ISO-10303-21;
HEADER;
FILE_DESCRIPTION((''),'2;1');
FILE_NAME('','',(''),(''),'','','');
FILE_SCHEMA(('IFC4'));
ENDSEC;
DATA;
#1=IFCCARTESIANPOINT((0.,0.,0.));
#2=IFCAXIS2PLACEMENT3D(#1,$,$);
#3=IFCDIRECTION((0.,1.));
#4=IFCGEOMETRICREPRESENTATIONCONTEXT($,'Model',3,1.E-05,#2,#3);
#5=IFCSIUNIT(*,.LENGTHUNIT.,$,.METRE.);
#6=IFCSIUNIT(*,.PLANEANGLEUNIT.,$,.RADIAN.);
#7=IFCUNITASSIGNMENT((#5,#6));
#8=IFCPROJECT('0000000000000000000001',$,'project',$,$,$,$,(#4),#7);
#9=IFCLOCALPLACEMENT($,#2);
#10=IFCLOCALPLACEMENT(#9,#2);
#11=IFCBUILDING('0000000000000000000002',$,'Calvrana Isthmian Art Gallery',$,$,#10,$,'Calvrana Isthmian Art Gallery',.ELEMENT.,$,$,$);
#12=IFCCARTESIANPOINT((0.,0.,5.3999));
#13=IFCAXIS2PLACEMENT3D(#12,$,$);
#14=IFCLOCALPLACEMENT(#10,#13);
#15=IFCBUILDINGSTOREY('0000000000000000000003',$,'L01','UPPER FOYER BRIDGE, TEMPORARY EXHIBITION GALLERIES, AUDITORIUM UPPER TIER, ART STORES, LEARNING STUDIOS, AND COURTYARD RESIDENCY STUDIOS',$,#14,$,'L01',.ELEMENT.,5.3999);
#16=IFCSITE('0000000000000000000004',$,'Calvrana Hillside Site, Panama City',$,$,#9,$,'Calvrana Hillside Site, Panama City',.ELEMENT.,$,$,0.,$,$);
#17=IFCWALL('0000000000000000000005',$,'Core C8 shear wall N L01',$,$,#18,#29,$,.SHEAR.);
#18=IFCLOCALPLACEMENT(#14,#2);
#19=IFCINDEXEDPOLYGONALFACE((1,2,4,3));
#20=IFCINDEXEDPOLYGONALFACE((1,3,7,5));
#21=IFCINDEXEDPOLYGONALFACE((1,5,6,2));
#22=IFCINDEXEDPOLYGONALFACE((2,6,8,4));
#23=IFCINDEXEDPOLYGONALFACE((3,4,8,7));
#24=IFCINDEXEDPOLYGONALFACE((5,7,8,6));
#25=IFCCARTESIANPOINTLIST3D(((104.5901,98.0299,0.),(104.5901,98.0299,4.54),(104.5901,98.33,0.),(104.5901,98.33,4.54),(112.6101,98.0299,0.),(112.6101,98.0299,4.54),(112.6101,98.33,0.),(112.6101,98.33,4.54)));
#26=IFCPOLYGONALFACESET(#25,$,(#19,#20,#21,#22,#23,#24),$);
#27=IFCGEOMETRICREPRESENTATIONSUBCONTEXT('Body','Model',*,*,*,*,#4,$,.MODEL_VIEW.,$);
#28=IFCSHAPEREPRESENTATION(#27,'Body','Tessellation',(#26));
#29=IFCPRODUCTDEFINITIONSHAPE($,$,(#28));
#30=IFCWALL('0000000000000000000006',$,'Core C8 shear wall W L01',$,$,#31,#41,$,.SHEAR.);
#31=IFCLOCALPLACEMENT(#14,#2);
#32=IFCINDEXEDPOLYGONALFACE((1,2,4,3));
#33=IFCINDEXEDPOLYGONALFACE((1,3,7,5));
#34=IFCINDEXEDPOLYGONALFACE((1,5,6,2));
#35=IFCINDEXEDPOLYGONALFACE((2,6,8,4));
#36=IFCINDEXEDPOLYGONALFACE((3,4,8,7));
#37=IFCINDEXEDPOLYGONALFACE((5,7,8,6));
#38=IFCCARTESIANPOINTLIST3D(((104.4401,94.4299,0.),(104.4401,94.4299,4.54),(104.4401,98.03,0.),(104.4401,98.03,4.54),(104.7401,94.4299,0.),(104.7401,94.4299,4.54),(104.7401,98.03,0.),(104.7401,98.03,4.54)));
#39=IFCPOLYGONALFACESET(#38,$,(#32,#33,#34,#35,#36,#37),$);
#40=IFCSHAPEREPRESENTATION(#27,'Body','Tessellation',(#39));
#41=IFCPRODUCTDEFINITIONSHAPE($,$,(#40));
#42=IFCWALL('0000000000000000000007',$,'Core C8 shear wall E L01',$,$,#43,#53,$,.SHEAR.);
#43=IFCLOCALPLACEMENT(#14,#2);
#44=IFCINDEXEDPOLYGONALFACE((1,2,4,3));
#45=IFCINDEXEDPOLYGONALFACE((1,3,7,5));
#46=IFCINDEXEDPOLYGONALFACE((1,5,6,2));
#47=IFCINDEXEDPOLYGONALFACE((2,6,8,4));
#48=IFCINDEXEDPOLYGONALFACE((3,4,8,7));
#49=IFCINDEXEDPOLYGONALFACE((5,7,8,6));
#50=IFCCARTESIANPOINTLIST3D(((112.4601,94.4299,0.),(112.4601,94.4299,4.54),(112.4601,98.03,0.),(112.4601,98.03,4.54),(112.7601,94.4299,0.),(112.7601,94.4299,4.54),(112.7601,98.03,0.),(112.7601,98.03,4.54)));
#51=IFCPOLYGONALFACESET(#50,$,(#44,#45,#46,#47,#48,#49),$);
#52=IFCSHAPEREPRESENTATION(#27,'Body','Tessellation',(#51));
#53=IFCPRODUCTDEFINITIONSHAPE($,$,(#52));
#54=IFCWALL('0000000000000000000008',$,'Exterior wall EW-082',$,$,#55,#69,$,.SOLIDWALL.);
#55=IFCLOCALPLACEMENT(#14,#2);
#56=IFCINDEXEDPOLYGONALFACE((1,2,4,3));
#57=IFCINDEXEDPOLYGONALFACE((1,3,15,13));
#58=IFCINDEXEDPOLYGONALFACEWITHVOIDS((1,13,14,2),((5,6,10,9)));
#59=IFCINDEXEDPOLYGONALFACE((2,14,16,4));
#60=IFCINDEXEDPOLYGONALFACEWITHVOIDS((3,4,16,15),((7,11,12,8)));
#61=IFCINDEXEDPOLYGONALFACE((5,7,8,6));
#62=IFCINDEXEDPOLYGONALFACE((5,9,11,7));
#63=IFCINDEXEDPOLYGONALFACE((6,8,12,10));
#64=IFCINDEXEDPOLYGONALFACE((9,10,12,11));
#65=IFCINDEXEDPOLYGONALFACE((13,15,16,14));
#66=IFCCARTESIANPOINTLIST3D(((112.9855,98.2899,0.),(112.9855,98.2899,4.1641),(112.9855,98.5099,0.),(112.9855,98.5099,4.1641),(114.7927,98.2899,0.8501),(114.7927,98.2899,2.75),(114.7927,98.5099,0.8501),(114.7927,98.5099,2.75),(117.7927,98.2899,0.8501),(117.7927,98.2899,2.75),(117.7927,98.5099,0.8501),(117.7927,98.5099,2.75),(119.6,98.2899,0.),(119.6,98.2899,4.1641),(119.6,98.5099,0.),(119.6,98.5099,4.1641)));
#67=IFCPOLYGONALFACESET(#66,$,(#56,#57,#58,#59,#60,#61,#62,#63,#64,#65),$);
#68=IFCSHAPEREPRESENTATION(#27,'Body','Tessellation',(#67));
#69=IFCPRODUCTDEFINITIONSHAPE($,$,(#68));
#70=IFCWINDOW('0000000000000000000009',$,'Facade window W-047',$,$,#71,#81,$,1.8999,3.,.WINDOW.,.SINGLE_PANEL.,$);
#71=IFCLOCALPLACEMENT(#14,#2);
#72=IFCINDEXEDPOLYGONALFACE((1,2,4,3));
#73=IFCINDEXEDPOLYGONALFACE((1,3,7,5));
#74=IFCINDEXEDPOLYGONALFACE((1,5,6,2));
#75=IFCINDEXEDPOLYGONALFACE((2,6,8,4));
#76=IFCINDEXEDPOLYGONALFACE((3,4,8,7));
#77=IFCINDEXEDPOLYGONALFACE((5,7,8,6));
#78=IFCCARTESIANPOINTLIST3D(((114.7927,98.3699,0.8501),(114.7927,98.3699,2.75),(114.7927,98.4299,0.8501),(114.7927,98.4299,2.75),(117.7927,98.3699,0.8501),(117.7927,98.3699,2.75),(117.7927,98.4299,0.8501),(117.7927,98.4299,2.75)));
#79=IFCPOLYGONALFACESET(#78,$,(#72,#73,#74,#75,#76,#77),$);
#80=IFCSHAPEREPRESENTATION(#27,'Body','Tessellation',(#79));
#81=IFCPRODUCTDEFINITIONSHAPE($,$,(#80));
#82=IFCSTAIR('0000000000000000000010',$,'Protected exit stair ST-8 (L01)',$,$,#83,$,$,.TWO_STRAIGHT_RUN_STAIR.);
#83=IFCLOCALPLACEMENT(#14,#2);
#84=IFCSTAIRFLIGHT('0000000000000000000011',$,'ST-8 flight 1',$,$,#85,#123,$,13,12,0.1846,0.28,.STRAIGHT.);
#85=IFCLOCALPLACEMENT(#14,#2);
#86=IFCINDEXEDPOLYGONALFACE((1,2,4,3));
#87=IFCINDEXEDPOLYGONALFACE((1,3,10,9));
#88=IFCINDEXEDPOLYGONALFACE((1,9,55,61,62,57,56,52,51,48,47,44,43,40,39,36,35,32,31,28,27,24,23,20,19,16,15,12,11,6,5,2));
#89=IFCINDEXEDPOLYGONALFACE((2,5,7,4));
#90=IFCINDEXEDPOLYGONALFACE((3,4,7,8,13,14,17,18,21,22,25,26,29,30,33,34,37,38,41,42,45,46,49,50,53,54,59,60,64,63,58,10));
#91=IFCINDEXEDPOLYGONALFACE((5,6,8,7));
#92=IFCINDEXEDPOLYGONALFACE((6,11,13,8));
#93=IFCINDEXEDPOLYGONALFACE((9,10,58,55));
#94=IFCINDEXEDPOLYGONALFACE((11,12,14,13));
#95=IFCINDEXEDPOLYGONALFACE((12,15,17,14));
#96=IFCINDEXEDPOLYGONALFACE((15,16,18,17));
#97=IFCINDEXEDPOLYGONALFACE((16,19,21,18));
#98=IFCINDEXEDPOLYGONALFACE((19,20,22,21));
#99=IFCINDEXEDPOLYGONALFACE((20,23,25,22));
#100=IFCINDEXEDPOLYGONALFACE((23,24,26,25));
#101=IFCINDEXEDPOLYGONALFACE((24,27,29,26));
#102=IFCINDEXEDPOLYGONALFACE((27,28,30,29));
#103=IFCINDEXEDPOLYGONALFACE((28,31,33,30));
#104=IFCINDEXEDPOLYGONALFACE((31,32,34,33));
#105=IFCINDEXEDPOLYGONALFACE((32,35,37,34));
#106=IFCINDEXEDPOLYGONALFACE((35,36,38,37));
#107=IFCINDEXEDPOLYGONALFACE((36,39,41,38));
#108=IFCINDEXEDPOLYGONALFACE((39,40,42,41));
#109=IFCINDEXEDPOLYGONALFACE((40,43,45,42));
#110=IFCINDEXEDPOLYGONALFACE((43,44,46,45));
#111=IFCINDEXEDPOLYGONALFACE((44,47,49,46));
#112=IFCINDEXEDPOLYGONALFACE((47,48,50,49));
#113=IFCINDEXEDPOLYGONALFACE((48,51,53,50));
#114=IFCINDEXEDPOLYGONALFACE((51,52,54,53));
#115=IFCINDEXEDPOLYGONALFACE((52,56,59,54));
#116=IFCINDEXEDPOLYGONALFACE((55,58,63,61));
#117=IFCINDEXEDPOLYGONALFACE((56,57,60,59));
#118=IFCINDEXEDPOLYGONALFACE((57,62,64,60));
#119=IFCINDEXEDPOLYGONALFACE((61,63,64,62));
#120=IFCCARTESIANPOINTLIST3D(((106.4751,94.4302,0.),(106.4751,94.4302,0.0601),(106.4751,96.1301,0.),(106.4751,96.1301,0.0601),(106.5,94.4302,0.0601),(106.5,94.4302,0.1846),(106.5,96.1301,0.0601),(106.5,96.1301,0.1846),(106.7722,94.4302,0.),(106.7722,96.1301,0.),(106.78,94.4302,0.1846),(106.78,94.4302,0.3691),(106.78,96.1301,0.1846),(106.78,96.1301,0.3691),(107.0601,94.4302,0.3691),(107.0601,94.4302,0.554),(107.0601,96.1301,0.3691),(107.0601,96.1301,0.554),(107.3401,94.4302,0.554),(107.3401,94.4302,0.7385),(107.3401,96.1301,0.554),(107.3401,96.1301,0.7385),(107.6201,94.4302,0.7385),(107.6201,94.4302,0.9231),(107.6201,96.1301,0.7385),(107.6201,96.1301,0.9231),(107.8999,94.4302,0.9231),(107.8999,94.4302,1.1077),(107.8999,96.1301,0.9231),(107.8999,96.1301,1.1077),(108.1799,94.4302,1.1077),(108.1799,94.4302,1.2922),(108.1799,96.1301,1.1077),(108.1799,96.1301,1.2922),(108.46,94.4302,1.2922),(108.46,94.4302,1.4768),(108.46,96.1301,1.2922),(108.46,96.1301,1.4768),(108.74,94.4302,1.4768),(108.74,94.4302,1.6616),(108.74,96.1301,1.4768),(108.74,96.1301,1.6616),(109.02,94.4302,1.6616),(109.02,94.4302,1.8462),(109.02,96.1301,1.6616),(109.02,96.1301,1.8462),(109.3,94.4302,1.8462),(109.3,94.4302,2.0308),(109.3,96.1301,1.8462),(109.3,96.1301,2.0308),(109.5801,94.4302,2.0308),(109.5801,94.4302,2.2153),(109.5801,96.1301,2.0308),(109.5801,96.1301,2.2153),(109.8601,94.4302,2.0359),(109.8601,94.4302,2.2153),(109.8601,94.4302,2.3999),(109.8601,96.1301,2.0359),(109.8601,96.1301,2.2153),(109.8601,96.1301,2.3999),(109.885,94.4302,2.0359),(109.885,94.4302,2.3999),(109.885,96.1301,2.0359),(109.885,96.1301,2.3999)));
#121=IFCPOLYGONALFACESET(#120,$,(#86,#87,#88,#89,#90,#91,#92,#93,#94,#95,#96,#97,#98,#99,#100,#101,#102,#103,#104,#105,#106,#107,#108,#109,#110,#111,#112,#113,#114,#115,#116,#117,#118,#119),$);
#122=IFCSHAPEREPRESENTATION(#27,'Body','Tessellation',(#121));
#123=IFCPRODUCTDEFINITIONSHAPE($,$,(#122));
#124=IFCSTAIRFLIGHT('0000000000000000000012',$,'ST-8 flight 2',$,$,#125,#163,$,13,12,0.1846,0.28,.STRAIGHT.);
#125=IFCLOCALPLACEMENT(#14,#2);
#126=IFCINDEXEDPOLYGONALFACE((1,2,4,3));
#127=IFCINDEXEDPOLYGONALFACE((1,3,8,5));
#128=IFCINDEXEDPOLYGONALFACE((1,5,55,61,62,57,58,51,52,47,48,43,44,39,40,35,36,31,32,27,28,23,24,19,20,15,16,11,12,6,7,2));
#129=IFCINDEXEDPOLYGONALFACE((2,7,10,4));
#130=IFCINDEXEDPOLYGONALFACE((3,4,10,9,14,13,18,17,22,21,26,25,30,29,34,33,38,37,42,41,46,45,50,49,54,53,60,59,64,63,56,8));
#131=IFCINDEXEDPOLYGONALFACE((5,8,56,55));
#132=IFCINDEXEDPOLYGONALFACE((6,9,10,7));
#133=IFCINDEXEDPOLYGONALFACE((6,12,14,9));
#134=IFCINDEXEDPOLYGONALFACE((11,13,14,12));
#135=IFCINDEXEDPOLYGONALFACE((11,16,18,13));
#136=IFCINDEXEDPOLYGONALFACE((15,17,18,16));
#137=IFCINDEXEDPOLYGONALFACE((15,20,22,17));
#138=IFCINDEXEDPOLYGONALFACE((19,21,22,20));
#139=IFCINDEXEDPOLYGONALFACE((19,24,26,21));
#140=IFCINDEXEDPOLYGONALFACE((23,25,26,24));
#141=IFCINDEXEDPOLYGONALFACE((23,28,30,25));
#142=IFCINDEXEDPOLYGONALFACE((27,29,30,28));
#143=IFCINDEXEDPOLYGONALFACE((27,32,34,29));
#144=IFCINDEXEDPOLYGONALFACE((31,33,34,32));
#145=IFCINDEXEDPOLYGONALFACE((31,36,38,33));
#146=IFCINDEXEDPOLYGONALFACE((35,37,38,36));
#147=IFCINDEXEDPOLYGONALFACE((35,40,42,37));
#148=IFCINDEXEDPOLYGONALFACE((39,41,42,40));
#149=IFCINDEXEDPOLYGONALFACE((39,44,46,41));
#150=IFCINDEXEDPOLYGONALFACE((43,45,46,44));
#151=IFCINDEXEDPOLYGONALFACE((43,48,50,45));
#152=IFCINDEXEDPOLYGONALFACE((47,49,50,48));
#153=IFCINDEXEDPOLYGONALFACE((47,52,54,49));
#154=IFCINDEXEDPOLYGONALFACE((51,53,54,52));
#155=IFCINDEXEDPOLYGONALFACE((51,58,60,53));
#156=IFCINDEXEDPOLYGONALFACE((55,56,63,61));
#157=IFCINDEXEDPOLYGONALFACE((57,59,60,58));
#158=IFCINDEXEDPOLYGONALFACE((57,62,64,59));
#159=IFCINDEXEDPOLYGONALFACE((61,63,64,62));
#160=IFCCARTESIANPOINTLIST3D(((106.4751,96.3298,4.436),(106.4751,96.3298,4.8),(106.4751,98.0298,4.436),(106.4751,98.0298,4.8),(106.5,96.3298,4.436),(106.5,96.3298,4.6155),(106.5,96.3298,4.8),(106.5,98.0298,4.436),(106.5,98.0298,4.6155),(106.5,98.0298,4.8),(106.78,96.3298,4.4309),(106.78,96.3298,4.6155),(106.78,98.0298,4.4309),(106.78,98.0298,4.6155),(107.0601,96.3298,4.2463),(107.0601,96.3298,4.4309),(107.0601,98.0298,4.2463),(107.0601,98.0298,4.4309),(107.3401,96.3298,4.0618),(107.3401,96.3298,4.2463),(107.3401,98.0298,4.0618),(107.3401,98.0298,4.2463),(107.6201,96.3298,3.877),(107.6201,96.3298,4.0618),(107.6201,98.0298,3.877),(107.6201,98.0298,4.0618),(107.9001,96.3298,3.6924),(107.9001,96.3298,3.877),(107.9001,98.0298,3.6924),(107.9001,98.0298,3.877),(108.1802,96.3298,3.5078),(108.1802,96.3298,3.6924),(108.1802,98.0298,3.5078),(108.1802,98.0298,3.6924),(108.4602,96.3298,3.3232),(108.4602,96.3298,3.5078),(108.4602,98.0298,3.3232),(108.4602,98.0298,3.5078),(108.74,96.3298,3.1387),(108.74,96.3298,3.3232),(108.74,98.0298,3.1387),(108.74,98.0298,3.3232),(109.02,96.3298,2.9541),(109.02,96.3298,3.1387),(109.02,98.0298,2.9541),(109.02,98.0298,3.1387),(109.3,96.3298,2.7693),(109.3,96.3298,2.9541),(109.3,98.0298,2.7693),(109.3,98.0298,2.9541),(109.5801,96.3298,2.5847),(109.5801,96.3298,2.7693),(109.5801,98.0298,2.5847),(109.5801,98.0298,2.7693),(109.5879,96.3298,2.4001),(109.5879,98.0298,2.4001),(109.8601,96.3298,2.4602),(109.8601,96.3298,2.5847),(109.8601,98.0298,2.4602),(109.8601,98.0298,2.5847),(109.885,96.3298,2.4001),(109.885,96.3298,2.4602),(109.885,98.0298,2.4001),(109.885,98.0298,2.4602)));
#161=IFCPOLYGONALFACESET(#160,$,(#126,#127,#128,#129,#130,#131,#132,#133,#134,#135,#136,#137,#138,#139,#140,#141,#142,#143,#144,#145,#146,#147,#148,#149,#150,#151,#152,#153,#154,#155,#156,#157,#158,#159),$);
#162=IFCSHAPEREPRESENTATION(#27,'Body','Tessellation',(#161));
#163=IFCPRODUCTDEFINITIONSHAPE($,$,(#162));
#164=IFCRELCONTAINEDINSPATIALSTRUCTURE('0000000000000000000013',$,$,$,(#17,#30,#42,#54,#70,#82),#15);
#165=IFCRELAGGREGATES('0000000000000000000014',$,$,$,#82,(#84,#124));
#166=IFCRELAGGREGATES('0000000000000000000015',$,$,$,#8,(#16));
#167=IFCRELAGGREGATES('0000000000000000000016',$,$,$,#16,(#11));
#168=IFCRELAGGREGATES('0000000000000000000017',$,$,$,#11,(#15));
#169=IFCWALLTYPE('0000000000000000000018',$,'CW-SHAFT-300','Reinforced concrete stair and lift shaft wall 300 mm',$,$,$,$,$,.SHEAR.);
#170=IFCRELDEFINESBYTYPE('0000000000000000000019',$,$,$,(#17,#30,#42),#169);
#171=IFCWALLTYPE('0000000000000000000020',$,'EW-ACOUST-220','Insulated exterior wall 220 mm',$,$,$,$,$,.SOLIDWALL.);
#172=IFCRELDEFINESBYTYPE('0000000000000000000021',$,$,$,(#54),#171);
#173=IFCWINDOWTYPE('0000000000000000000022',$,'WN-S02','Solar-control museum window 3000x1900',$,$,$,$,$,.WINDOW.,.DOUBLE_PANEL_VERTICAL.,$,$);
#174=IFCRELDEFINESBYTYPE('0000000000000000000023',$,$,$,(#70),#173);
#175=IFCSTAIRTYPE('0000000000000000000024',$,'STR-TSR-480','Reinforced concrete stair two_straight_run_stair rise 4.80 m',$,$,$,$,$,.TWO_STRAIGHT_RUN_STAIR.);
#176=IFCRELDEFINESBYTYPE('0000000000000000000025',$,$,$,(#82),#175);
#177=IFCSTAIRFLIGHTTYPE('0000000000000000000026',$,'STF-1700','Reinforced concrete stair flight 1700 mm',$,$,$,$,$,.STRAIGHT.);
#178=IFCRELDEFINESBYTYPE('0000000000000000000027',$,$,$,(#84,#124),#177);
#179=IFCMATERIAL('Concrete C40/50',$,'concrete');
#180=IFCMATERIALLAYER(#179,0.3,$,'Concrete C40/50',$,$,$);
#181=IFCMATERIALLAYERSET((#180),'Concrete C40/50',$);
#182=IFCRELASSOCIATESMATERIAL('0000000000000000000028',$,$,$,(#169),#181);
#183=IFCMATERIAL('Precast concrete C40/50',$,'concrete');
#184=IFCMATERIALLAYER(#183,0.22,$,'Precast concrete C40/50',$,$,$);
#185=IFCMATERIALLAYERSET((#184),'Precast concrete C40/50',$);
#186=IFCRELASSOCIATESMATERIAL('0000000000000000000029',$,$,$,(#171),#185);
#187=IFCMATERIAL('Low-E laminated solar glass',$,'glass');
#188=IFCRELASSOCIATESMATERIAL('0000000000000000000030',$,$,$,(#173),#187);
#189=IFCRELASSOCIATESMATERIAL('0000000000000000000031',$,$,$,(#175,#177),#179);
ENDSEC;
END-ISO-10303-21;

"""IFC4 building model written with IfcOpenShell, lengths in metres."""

from ifc_helpers import new_model, si_unit, direction, frame, frame_2d, origin, place, context, subcontext, project, spatial, polyline, rectangle, outline, extrude, material, layer, layer_set, type_object, element, fill, aggregate, save


model = new_model("IFC4")

# Units and contexts
model_context = context("Model", 3, precision=1e-05, world=origin(), true_north=direction((0.0, 1.0)))
body_context = subcontext(model_context, "Body", "Model", "MODEL_VIEW")
ifc_project = project(units=[si_unit("LENGTHUNIT", "METRE"), si_unit("PLANEANGLEUNIT", "RADIAN")], contexts=[model_context])

# Site, building, storey
site_placement = place(None, origin())
site = spatial("IfcSite", under=ifc_project, at=site_placement, Name="Calvrana Hillside Site, Panama City", LongName="Calvrana Hillside Site, Panama City", CompositionType="ELEMENT", RefElevation=0.0)
building_placement = place(site_placement, origin())
building = spatial("IfcBuilding", under=site, at=building_placement, Name="Calvrana Isthmian Art Gallery", LongName="Calvrana Isthmian Art Gallery", CompositionType="ELEMENT")
storey_placement = place(building_placement, frame((0.0, 0.0, 5.3999)))
storey = spatial("IfcBuildingStorey", under=building, at=storey_placement, Name="L01", Description="UPPER FOYER BRIDGE, TEMPORARY EXHIBITION GALLERIES, AUDITORIUM UPPER TIER, ART STORES, LEARNING STUDIOS, AND COURTYARD RESIDENCY STUDIOS", LongName="L01", CompositionType="ELEMENT", Elevation=5.3999)

# Shared definitions
ifc_material_1 = material(Name="Concrete C40/50", Category="concrete")
ifc_layer_1 = layer(ifc_material_1, 0.3, Name="Concrete C40/50")
ifc_layer_set_1 = layer_set([ifc_layer_1], Name="Concrete C40/50")
wall_type_1 = type_object("IfcWallType", Name="CW-SHAFT-300", Description="Reinforced concrete stair and lift shaft wall 300 mm", PredefinedType="SHEAR", material=ifc_layer_set_1)

# Walls
wall_1_placement = place(storey_placement, frame((104.5901, 98.1799, 0.0), z_axis=(0.0, 0.0, 1.0), x_axis=(1.0, 0.0, 0.0)))
element("IfcWall", 1, at=wall_1_placement, inside=storey, type_object=wall_type_1, Name="Core C8 shear wall N L01", PredefinedType="SHEAR", context=body_context, shape_type="SweptSolid", body=[
    extrude(rectangle(XDim=8.02, YDim=0.3, at=frame_2d((4.01, 0.0))), origin(), (0.0, 0.0, 1.0), 4.54),
])
for number, where, z_axis, x_axis, name in (
    (2, (104.5901, 94.4299, 0.0), (0.0, 0.0, 1.0), (0.0, 1.0, 0.0), "Core C8 shear wall W L01"),
    (3, (112.6101, 94.4299, 0.0), (0.0, 0.0, 1.0), (0.0, 1.0, 0.0), "Core C8 shear wall E L01"),
):
    element("IfcWall", number, at=place(storey_placement, frame(where, z_axis=z_axis, x_axis=x_axis)), inside=storey, type_object=wall_type_1, Name=name, PredefinedType="SHEAR", context=body_context, shape_type="SweptSolid", body=[
        extrude(rectangle(XDim=3.6001, YDim=0.3, at=frame_2d((1.8, 0.0))), origin(), (0.0, 0.0, 1.0), 4.54),
    ])

# Wall, opening, window
ifc_material_2 = material(Name="Precast concrete C40/50", Category="concrete")
ifc_layer_2 = layer(ifc_material_2, 0.22, Name="Precast concrete C40/50")
ifc_layer_set_2 = layer_set([ifc_layer_2], Name="Precast concrete C40/50")
wall_type_2 = type_object("IfcWallType", Name="EW-ACOUST-220", Description="Insulated exterior wall 220 mm", PredefinedType="SOLIDWALL", material=ifc_layer_set_2)
wall_2_placement = place(storey_placement, frame((112.9856, 98.3999, 0.0), z_axis=(0.0, 0.0, 1.0), x_axis=(1.0, 0.0, 0.0)))
wall_2 = element("IfcWall", 4, at=wall_2_placement, inside=storey, type_object=wall_type_2, Name="Exterior wall EW-082", PredefinedType="SOLIDWALL", context=body_context, shape_type="SweptSolid", body=[
    extrude(rectangle(XDim=6.6145, YDim=0.22, at=frame_2d((3.3071, 0.0))), origin(), (0.0, 0.0, 1.0), 4.1641),
])
opening_1_placement = place(wall_2_placement, frame((1.8071, 0.0, 0.8501)))
opening_1 = element("IfcOpeningElement", 5, at=opening_1_placement, cuts=wall_2, PredefinedType="OPENING", context=body_context, shape_type="SweptSolid", body=[
    extrude(rectangle(XDim=3.0, YDim=1.8999, at=frame_2d((1.5, 0.95))), frame((0.0, 0.1201, 0.0), z_axis=(0.0, -1.0, 0.0), x_axis=(1.0, 0.0, 0.0)), (0.0, 0.0, 1.0), 0.2405),
])
ifc_material_3 = material(Name="Low-E laminated solar glass", Category="glass")
window_type = type_object("IfcWindowType", Name="WN-S02", Description="Solar-control museum window 3000x1900", PartitioningType="DOUBLE_PANEL_VERTICAL", PredefinedType="WINDOW", material=ifc_material_3)
window_placement = place(opening_1_placement, origin())
window = element("IfcWindow", 6, at=window_placement, inside=storey, type_object=window_type, Name="Facade window W-047", OverallHeight=1.8999, OverallWidth=3.0, PartitioningType="SINGLE_PANEL", PredefinedType="WINDOW", context=body_context, shape_type="SweptSolid", body=[
    extrude(rectangle(XDim=3.0, YDim=1.8999, at=frame_2d((1.5, 0.95))), frame((0.0, 0.03, 0.0), z_axis=(0.0, -1.0, 0.0), x_axis=(1.0, 0.0, 0.0)), (0.0, 0.0, 1.0), 0.0601),
])
fill(opening_1, window)

# Stair, stair flights
stair_type = type_object("IfcStairType", Name="STR-TSR-480", Description="Reinforced concrete stair two_straight_run_stair rise 4.80 m", PredefinedType="TWO_STRAIGHT_RUN_STAIR", material=ifc_material_1)
stair_placement = place(storey_placement, origin())
stair = element("IfcStair", 7, at=stair_placement, inside=storey, type_object=stair_type, Name="Protected exit stair ST-8 (L01)", PredefinedType="TWO_STRAIGHT_RUN_STAIR")
stair_flight_type = type_object("IfcStairFlightType", Name="STF-1700", Description="Reinforced concrete stair flight 1700 mm", PredefinedType="STRAIGHT", material=ifc_material_1)
stair_flight_1_placement = place(storey_placement, frame((106.5, 95.28, 0.0), z_axis=(0.0, 0.0, 1.0), x_axis=(1.0, 0.0, 0.0)))
stair_flight_1 = element("IfcStairFlight", 8, at=stair_flight_1_placement, type_object=stair_flight_type, Name="ST-8 flight 1", NumberOfRisers=13, NumberOfTreads=12, PredefinedType="STRAIGHT", RiserHeight=0.1846, TreadLength=0.28, context=body_context, shape_type="SweptSolid", body=[
    extrude(outline(polyline([(-0.0249, 0.0), (-0.0249, 0.0601), (0.0, 0.0601), (0.0, 0.1846), (0.28, 0.1846), (0.28, 0.3691), (0.5601, 0.3691), (0.5601, 0.554), (0.8401, 0.554), (0.8401, 0.7385), (1.1201, 0.7385), (1.1201, 0.9231), (1.3999, 0.9231), (1.3999, 1.1077), (1.6799, 1.1077), (1.6799, 1.2922), (1.96, 1.2922), (1.96, 1.4768), (2.24, 1.4768), (2.24, 1.6616), (2.52, 1.6616), (2.52, 1.8462), (2.8, 1.8462), (2.8, 2.0308), (3.0801, 2.0308), (3.0801, 2.2153), (3.3601, 2.2153), (3.3601, 2.3999), (3.385, 2.3999), (3.385, 2.0359), (3.3601, 2.0359), (0.2722, 0.0), (-0.0249, 0.0)])), frame((0.0, 0.8501, 0.0), z_axis=(0.0, -1.0, 0.0), x_axis=(1.0, 0.0, 0.0)), (0.0, 0.0, 1.0), 1.7),
])
stair_flight_2_placement = place(storey_placement, frame((109.8601, 97.1799, 2.4001), z_axis=(0.0, 0.0, 1.0), x_axis=(-1.0, 0.0, 0.0)))
stair_flight_2 = element("IfcStairFlight", 9, at=stair_flight_2_placement, type_object=stair_flight_type, Name="ST-8 flight 2", NumberOfRisers=13, NumberOfTreads=12, PredefinedType="STRAIGHT", RiserHeight=0.1846, TreadLength=0.28, context=body_context, shape_type="SweptSolid", body=[
    extrude(outline(polyline([(-0.0249, 0.0), (-0.0249, 0.0601), (0.0, 0.0601), (0.0, 0.1846), (0.28, 0.1846), (0.28, 0.3691), (0.5601, 0.3691), (0.5601, 0.554), (0.8401, 0.554), (0.8401, 0.7385), (1.1201, 0.7385), (1.1201, 0.9231), (1.3999, 0.9231), (1.3999, 1.1077), (1.6799, 1.1077), (1.6799, 1.2922), (1.96, 1.2922), (1.96, 1.4768), (2.24, 1.4768), (2.24, 1.6616), (2.52, 1.6616), (2.52, 1.8462), (2.8, 1.8462), (2.8, 2.0308), (3.0801, 2.0308), (3.0801, 2.2153), (3.3601, 2.2153), (3.3601, 2.3999), (3.385, 2.3999), (3.385, 2.0359), (3.3601, 2.0359), (0.2722, 0.0), (-0.0249, 0.0)])), frame((0.0, 0.8501, 0.0), z_axis=(0.0, -1.0, 0.0), x_axis=(1.0, 0.0, 0.0)), (0.0, 0.0, 1.0), 1.7),
])
aggregate(stair, [stair_flight_1, stair_flight_2])

save(model, "model.ifc")
